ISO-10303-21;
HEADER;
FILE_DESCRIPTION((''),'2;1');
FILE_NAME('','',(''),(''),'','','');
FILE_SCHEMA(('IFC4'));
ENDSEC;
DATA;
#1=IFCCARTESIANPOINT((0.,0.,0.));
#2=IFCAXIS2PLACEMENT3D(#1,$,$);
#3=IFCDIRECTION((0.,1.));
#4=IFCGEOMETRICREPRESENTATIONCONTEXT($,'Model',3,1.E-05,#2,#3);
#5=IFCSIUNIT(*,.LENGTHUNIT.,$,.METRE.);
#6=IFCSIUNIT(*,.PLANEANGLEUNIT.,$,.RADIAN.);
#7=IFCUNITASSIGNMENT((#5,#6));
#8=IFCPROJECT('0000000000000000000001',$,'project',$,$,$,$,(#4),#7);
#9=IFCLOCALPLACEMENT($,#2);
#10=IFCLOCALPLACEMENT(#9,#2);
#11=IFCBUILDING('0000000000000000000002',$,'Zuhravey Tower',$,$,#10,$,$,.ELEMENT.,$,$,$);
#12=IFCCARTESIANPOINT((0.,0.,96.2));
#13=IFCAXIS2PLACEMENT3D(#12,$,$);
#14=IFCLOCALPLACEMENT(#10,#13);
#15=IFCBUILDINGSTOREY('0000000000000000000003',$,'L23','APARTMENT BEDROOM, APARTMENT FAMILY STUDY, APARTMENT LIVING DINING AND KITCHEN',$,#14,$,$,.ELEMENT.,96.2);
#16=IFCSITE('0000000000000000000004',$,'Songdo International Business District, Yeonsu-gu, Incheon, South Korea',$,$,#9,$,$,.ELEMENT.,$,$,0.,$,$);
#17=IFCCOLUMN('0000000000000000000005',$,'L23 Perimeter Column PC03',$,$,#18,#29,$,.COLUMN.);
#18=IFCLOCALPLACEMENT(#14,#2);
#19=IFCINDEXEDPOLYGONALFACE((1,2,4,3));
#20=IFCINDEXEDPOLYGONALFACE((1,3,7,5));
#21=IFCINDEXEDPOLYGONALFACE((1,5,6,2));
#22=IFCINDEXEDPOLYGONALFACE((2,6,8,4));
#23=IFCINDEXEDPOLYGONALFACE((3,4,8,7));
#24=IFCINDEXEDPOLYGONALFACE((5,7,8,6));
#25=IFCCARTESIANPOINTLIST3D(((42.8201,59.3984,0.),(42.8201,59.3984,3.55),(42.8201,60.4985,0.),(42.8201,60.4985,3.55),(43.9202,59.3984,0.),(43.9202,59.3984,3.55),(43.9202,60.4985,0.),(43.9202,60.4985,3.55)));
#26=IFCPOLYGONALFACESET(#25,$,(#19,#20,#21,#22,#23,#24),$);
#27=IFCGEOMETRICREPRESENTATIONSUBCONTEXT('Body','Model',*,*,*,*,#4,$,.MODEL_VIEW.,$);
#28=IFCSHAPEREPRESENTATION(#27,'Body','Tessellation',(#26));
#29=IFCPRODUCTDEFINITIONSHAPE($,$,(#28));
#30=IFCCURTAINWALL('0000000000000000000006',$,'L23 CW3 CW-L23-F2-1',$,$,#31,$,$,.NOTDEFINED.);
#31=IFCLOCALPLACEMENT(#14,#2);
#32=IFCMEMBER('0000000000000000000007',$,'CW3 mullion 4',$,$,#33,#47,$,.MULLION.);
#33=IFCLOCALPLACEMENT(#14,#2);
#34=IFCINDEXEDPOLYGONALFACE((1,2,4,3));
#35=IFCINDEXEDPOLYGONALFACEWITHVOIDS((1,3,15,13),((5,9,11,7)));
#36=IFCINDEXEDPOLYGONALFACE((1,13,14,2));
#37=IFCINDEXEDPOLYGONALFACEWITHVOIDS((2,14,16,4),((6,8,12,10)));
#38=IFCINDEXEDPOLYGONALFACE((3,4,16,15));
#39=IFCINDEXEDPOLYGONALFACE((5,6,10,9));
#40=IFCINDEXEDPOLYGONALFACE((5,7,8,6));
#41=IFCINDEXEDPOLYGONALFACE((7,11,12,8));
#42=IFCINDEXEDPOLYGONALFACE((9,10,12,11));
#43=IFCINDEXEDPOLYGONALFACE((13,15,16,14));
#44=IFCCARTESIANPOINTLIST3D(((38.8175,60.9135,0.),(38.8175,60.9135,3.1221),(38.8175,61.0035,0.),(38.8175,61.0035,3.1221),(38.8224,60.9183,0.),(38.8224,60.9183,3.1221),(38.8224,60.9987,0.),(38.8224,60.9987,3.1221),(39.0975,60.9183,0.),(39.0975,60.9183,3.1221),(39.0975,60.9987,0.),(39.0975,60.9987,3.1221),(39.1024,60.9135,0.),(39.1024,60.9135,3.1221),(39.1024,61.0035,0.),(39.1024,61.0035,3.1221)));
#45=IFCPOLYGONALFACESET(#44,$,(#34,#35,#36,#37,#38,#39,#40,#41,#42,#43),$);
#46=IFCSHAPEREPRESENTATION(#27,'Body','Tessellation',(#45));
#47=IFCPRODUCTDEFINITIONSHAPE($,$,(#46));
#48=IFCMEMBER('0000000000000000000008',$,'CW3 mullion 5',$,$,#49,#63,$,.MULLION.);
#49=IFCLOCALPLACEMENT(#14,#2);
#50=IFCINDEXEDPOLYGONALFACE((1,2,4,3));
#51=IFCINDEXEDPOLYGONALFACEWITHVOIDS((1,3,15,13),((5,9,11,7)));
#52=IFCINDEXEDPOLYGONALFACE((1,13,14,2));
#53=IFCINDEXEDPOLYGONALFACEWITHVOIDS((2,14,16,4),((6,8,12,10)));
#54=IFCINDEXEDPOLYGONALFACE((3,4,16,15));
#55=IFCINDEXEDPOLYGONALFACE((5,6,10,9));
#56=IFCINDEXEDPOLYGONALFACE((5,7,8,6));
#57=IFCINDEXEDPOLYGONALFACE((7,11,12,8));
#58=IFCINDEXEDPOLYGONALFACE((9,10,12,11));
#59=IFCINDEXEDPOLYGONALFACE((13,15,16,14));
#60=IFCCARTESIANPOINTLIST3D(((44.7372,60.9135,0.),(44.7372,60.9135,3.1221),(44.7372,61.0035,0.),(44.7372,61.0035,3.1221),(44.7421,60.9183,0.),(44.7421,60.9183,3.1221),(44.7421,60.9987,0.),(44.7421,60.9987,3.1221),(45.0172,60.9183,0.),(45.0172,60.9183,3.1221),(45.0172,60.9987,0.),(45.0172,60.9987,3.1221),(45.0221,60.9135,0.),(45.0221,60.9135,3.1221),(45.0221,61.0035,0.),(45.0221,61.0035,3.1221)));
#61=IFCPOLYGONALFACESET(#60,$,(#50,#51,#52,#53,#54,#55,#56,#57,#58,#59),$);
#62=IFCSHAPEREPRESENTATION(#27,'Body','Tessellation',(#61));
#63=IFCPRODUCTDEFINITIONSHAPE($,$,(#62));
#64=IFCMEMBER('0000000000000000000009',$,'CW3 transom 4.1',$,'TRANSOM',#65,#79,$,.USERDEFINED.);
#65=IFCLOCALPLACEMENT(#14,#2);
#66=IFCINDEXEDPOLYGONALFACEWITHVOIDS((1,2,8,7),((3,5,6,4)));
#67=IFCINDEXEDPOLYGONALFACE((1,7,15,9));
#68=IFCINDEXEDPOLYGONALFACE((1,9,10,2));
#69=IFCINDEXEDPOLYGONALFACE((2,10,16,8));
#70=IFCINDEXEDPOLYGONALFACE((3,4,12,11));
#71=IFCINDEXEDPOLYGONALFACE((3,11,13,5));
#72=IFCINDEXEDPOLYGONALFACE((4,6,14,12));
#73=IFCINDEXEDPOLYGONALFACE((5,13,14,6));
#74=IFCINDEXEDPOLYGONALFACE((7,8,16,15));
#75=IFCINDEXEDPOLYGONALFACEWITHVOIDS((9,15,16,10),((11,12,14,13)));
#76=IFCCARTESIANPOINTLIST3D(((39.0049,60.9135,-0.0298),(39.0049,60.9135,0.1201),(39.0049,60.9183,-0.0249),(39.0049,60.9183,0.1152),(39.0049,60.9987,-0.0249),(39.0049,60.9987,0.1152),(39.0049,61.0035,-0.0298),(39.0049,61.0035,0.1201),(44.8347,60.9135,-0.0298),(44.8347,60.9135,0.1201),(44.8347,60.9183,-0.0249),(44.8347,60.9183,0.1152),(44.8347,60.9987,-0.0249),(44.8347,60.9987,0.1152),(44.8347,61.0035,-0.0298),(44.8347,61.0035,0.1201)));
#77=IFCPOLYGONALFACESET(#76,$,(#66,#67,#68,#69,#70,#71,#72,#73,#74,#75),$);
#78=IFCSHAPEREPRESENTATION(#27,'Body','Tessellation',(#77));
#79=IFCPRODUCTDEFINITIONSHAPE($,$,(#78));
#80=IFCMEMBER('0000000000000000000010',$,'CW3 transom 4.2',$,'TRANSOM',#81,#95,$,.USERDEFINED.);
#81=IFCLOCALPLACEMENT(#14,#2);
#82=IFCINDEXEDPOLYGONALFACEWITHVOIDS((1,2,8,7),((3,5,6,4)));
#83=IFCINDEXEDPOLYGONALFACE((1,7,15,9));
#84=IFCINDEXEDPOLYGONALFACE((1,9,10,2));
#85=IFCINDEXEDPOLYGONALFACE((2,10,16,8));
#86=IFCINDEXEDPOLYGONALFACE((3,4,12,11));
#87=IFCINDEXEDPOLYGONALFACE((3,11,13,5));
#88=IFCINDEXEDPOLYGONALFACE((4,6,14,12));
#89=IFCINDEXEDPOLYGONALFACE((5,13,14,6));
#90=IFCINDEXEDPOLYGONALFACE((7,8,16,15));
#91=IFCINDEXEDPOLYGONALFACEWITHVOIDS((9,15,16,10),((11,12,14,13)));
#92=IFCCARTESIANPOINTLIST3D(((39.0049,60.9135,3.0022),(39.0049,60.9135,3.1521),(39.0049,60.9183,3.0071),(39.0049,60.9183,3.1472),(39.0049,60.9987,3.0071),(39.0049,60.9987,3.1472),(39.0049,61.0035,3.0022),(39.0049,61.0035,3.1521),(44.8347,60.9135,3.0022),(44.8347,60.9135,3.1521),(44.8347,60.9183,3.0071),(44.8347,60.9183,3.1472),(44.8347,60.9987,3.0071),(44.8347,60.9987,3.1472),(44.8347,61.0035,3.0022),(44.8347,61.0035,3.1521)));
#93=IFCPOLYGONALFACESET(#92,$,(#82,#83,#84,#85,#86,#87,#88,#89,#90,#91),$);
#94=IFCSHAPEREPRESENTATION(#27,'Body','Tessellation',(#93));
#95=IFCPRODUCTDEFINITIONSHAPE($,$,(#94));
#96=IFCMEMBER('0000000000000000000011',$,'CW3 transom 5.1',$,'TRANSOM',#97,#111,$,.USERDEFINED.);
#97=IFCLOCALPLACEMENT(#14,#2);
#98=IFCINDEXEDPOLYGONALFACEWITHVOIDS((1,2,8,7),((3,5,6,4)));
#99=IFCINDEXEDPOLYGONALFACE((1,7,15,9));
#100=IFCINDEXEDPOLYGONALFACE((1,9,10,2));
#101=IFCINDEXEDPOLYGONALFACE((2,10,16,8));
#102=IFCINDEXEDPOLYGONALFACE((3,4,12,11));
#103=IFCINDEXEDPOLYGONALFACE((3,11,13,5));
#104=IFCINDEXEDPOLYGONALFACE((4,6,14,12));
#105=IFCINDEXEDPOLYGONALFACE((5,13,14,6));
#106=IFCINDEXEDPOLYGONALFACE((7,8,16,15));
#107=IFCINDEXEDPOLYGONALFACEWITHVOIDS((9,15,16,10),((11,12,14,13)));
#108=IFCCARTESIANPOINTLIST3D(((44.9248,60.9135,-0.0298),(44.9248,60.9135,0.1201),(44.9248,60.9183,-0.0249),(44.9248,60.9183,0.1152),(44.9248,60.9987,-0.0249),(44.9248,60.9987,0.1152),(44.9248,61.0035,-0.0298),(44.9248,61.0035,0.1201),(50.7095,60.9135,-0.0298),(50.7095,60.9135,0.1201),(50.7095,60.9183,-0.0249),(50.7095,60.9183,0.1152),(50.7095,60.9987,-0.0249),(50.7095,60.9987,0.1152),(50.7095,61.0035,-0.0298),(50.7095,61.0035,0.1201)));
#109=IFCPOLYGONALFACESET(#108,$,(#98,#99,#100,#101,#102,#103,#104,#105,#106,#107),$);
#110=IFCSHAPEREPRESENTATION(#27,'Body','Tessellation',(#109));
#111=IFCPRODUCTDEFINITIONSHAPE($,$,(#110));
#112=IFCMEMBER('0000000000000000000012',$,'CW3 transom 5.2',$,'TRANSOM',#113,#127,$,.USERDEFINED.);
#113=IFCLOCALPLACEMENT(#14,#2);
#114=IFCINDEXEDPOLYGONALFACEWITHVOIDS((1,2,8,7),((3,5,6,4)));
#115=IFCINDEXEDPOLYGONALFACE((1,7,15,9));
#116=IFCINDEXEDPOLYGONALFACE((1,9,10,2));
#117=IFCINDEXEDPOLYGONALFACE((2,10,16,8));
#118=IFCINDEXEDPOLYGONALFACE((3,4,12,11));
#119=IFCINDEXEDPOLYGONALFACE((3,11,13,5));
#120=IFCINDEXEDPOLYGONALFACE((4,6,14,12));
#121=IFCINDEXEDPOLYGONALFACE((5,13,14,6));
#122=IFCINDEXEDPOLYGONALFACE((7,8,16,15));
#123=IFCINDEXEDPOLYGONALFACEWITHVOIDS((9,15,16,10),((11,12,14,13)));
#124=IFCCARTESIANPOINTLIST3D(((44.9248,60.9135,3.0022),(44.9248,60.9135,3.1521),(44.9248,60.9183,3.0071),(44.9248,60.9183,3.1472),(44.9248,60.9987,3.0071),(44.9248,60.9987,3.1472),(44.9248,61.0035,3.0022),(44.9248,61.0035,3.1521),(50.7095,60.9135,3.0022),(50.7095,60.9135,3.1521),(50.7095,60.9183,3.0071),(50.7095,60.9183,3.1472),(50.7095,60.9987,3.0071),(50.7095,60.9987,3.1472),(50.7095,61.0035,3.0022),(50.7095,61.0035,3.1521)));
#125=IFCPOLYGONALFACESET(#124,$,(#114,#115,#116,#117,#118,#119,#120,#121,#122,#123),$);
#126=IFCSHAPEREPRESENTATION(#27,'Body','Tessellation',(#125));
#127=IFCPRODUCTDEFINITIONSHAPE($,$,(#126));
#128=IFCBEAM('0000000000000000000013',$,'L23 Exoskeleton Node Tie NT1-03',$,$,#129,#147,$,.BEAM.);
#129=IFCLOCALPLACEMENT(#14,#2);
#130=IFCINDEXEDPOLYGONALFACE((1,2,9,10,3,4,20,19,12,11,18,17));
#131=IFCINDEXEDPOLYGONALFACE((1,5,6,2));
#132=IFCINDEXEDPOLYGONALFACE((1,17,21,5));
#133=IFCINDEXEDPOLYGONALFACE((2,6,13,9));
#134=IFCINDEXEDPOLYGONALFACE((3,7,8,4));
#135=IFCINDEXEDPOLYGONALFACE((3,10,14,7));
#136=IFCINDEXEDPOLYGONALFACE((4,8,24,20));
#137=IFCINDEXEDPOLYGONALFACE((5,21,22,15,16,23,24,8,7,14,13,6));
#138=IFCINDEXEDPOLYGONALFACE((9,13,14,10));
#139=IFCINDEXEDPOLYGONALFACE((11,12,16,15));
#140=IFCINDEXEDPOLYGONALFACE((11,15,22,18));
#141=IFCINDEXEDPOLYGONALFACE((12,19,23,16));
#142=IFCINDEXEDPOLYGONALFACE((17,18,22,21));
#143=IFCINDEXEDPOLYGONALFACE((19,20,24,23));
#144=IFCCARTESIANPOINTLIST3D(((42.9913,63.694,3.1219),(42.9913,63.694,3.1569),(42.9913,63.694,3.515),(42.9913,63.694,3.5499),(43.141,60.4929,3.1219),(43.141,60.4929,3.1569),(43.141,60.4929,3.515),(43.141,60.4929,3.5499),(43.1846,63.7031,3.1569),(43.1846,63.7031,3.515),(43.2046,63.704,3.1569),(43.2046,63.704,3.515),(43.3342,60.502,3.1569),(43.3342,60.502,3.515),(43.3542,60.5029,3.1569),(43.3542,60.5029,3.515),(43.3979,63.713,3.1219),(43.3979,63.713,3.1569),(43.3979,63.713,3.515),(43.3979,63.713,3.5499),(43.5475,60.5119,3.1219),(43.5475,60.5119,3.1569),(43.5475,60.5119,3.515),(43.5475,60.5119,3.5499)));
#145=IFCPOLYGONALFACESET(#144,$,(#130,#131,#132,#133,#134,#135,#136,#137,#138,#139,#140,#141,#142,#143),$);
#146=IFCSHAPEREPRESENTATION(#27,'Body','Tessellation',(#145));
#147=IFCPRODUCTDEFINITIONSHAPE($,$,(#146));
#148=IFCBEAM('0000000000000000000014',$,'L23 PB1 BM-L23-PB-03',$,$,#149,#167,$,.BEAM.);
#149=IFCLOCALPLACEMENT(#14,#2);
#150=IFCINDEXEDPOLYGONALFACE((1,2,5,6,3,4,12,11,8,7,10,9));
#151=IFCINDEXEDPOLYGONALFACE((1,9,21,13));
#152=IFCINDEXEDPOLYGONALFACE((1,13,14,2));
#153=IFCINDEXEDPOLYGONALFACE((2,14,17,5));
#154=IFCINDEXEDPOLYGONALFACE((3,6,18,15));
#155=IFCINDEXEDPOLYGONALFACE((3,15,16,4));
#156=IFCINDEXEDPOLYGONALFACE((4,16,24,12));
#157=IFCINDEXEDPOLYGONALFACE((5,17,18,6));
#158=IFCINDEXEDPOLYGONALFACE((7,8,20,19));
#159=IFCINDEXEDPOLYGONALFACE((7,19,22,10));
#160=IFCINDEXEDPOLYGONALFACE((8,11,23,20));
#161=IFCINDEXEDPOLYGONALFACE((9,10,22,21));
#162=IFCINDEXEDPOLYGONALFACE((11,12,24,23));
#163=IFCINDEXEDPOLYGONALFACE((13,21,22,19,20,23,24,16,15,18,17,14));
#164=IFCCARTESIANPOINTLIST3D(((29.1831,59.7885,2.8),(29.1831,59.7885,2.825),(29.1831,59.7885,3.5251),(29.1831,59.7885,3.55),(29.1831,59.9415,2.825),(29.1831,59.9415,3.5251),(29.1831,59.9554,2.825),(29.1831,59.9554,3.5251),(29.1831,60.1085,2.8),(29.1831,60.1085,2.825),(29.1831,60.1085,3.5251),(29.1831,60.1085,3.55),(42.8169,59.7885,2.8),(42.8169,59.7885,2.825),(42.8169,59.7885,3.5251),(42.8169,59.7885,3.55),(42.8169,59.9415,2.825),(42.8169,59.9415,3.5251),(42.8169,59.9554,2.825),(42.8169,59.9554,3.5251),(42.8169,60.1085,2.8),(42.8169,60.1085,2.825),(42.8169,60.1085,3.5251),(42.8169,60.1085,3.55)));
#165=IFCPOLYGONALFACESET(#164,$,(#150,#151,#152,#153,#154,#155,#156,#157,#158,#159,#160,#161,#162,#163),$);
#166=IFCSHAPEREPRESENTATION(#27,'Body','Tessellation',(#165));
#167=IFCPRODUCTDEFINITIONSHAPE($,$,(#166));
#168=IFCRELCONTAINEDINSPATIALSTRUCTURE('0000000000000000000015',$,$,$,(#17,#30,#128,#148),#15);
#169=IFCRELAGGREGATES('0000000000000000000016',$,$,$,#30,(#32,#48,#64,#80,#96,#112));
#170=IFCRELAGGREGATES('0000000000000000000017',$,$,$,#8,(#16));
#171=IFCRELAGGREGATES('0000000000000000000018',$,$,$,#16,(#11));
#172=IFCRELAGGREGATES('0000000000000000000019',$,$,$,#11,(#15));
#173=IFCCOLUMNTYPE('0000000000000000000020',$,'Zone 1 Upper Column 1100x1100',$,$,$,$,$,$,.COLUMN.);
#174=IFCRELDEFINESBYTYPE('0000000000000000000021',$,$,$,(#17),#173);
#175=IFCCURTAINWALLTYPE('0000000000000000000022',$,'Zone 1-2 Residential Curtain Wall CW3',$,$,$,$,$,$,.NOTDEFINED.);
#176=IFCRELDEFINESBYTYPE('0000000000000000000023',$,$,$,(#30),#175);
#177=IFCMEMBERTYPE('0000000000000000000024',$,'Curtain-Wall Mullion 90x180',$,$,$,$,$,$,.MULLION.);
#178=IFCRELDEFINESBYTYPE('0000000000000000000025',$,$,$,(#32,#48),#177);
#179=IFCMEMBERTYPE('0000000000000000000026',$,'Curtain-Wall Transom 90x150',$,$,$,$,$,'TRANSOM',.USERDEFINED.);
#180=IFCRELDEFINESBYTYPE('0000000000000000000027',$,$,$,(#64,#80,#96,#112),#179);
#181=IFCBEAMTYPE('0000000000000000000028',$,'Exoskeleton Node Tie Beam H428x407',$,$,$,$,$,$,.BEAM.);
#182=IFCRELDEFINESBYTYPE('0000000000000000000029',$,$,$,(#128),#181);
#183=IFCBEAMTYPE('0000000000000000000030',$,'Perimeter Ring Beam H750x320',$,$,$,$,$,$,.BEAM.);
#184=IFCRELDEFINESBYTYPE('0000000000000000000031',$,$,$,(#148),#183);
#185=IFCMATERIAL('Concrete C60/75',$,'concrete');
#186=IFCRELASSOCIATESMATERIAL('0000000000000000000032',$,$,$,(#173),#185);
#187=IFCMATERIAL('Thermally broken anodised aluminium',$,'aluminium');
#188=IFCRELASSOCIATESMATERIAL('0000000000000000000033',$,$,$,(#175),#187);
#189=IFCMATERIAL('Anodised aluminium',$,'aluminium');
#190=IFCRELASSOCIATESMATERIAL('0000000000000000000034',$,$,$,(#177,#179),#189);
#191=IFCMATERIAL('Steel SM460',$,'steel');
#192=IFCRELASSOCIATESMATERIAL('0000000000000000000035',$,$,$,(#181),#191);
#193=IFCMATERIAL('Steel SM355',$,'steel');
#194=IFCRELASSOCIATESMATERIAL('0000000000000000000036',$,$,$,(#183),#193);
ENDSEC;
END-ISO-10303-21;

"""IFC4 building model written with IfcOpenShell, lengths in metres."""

from ifc_helpers import new_model, si_unit, direction, frame, origin, origin_2d, place, context, subcontext, project, spatial, rectangle, hollow_rectangle, i_section, extrude, material, material_profile, profile_set, type_object, element, aggregate, save


model = new_model("IFC4")

# Units and contexts
model_context = context("Model", 3, precision=1e-05, world=origin(), true_north=direction((0.0, 1.0)))
body_context = subcontext(model_context, "Body", "Model", "MODEL_VIEW")
ifc_project = project(units=[si_unit("LENGTHUNIT", "METRE"), si_unit("PLANEANGLEUNIT", "RADIAN")], contexts=[model_context])

# Site, building, storey
site_placement = place(None, origin())
site = spatial("IfcSite", under=ifc_project, at=site_placement, Name="Songdo International Business District, Yeonsu-gu, Incheon, South Korea", CompositionType="ELEMENT", RefElevation=0.0)
building_placement = place(site_placement, origin())
building = spatial("IfcBuilding", under=site, at=building_placement, Name="Zuhravey Tower", CompositionType="ELEMENT")
storey_placement = place(building_placement, frame((0.0, 0.0, 96.2)))
storey = spatial("IfcBuildingStorey", under=building, at=storey_placement, Name="L23", Description="APARTMENT BEDROOM, APARTMENT FAMILY STUDY, APARTMENT LIVING DINING AND KITCHEN", CompositionType="ELEMENT", Elevation=96.2)

# Column
ifc_material_1 = material(Name="Concrete C60/75", Category="concrete")
ifc_material_profile_1 = material_profile(ifc_material_1, rectangle(XDim=1.1001, YDim=1.1001, at=origin_2d()), Name="RC-1100x1100")
ifc_profile_set_1 = profile_set([ifc_material_profile_1], Name="Concrete C60/75")
column_type = type_object("IfcColumnType", Name="Zone 1 Upper Column 1100x1100", PredefinedType="COLUMN", material=ifc_profile_set_1)
column_placement = place(storey_placement, frame((43.3701, 59.9485, 0.0), z_axis=(0.0, 0.0, 1.0), x_axis=(-1.0, 0.0, 0.0)))
element("IfcColumn", 1, at=column_placement, inside=storey, type_object=column_type, Name="L23 Perimeter Column PC03", PredefinedType="COLUMN", context=body_context, shape_type="SweptSolid", body=[
    extrude(rectangle(XDim=1.1001, YDim=1.1001, at=origin_2d()), origin(), (0.0, 0.0, 1.0), 3.55),
])

# Curtain wall, members
ifc_material_2 = material(Name="Thermally broken anodised aluminium", Category="aluminium")
curtain_wall_type = type_object("IfcCurtainWallType", Name="Zone 1-2 Residential Curtain Wall CW3", PredefinedType="NOTDEFINED", material=ifc_material_2)
curtain_wall_placement = place(storey_placement, origin())
curtain_wall = element("IfcCurtainWall", 2, at=curtain_wall_placement, inside=storey, type_object=curtain_wall_type, Name="L23 CW3 CW-L23-F2-1", PredefinedType="NOTDEFINED")
ifc_material_3 = material(Name="Anodised aluminium", Category="aluminium")
ifc_material_profile_2 = material_profile(ifc_material_3, hollow_rectangle(XDim=0.0901, YDim=0.2849, WallThickness=0.0049, at=origin_2d()), Name="ALU-RHS-90x285x5")
ifc_profile_set_2 = profile_set([ifc_material_profile_2], Name="Anodised aluminium")
member_type_1 = type_object("IfcMemberType", Name="Curtain-Wall Mullion 90x180", PredefinedType="MULLION", material=ifc_profile_set_2)
member_1_placement = place(storey_placement, frame((38.96, 60.9585, 0.0), z_axis=(0.0, 0.0, 1.0), x_axis=(0.0, 1.0, 0.0)))
member_1 = element("IfcMember", 3, at=member_1_placement, type_object=member_type_1, Name="CW3 mullion 4", PredefinedType="MULLION", context=body_context, shape_type="SweptSolid", body=[
    extrude(hollow_rectangle(XDim=0.0901, YDim=0.2849, WallThickness=0.0049, at=origin_2d()), origin(), (0.0, 0.0, 1.0), 3.1221),
])
member_2_placement = place(storey_placement, frame((44.8796, 60.9585, 0.0), z_axis=(0.0, 0.0, 1.0), x_axis=(0.0, 1.0, 0.0)))
member_2 = element("IfcMember", 4, at=member_2_placement, type_object=member_type_1, Name="CW3 mullion 5", PredefinedType="MULLION", context=body_context, shape_type="SweptSolid", body=[
    extrude(hollow_rectangle(XDim=0.0901, YDim=0.2849, WallThickness=0.0049, at=origin_2d()), origin(), (0.0, 0.0, 1.0), 3.1221),
])
ifc_material_profile_3 = material_profile(ifc_material_3, hollow_rectangle(XDim=0.0901, YDim=0.1499, WallThickness=0.0049, at=origin_2d()), Name="ALU-RHS-90x150x5")
ifc_profile_set_3 = profile_set([ifc_material_profile_3], Name="Anodised aluminium")
member_type_2 = type_object("IfcMemberType", Name="Curtain-Wall Transom 90x150", ElementType="TRANSOM", PredefinedType="USERDEFINED", material=ifc_profile_set_3)
member_3_placement = place(storey_placement, frame((39.0049, 60.9585, 0.0452), z_axis=(1.0, 0.0, 0.0), x_axis=(0.0, 1.0, 0.0)))
member_3 = element("IfcMember", 5, at=member_3_placement, type_object=member_type_2, Name="CW3 transom 4.1", ObjectType="TRANSOM", PredefinedType="USERDEFINED", context=body_context, shape_type="SweptSolid", body=[
    extrude(hollow_rectangle(XDim=0.0901, YDim=0.1499, WallThickness=0.0049, at=origin_2d()), origin(), (0.0, 0.0, 1.0), 5.8298),
])
member_4_placement = place(storey_placement, frame((39.0049, 60.9585, 3.0771), z_axis=(1.0, 0.0, 0.0), x_axis=(0.0, 1.0, 0.0)))
member_4 = element("IfcMember", 6, at=member_4_placement, type_object=member_type_2, Name="CW3 transom 4.2", ObjectType="TRANSOM", PredefinedType="USERDEFINED", context=body_context, shape_type="SweptSolid", body=[
    extrude(hollow_rectangle(XDim=0.0901, YDim=0.1499, WallThickness=0.0049, at=origin_2d()), origin(), (0.0, 0.0, 1.0), 5.8298),
])
member_5_placement = place(storey_placement, frame((44.9248, 60.9585, 0.0452), z_axis=(1.0, 0.0, 0.0), x_axis=(0.0, 1.0, 0.0)))
member_5 = element("IfcMember", 7, at=member_5_placement, type_object=member_type_2, Name="CW3 transom 5.1", ObjectType="TRANSOM", PredefinedType="USERDEFINED", context=body_context, shape_type="SweptSolid", body=[
    extrude(hollow_rectangle(XDim=0.0901, YDim=0.1499, WallThickness=0.0049, at=origin_2d()), origin(), (0.0, 0.0, 1.0), 5.7847),
])
member_6_placement = place(storey_placement, frame((44.9248, 60.9585, 3.0771), z_axis=(1.0, 0.0, 0.0), x_axis=(0.0, 1.0, 0.0)))
member_6 = element("IfcMember", 8, at=member_6_placement, type_object=member_type_2, Name="CW3 transom 5.2", ObjectType="TRANSOM", PredefinedType="USERDEFINED", context=body_context, shape_type="SweptSolid", body=[
    extrude(hollow_rectangle(XDim=0.0901, YDim=0.1499, WallThickness=0.0049, at=origin_2d()), origin(), (0.0, 0.0, 1.0), 5.7847),
])

# Beams
ifc_material_4 = material(Name="Steel SM460", Category="steel")
ifc_material_profile_4 = material_profile(ifc_material_4, i_section(OverallWidth=0.407, OverallDepth=0.428, WebThickness=0.02, FlangeThickness=0.0349, at=origin_2d()), Name="H-428x407x20x35")
ifc_profile_set_4 = profile_set([ifc_material_profile_4], Name="Steel SM460")
beam_type_1 = type_object("IfcBeamType", Name="Exoskeleton Node Tie Beam H428x407", PredefinedType="BEAM", material=ifc_profile_set_4)
beam_1_placement = place(storey_placement, frame((43.3442, 60.5024, 3.3359), z_axis=(-0.0467, 0.998909, 0.0), x_axis=(-0.998909, -0.0467, 0.0)))
element("IfcBeam", 9, at=beam_1_placement, inside=storey, type_object=beam_type_1, Name="L23 Exoskeleton Node Tie NT1-03", PredefinedType="BEAM", context=body_context, shape_type="SweptSolid", body=[
    extrude(i_section(OverallWidth=0.407, OverallDepth=0.428, WebThickness=0.02, FlangeThickness=0.0349, at=origin_2d()), origin(), (0.0, 0.0, 1.0), 3.2046),
])
ifc_material_5 = material(Name="Steel SM355", Category="steel")
ifc_material_profile_5 = material_profile(ifc_material_5, i_section(OverallWidth=0.3201, OverallDepth=0.75, WebThickness=0.0139, FlangeThickness=0.0249, at=origin_2d()), Name="H-750x320x14x25")
ifc_profile_set_5 = profile_set([ifc_material_profile_5], Name="Steel SM355")
beam_type_2 = type_object("IfcBeamType", Name="Perimeter Ring Beam H750x320", PredefinedType="BEAM", material=ifc_profile_set_5)
beam_2_placement = place(storey_placement, frame((42.8169, 59.9485, 3.175), z_axis=(-1.0, 0.0, 0.0), x_axis=(0.0, -1.0, 0.0)))
element("IfcBeam", 10, at=beam_2_placement, inside=storey, type_object=beam_type_2, Name="L23 PB1 BM-L23-PB-03", PredefinedType="BEAM", context=body_context, shape_type="SweptSolid", body=[
    extrude(i_section(OverallWidth=0.3201, OverallDepth=0.75, WebThickness=0.0139, FlangeThickness=0.0249, at=origin_2d()), origin(), (0.0, 0.0, 1.0), 13.6338),
])

aggregate(curtain_wall, [member_1, member_2, member_3, member_4, member_5, member_6])

save(model, "model.ifc")
